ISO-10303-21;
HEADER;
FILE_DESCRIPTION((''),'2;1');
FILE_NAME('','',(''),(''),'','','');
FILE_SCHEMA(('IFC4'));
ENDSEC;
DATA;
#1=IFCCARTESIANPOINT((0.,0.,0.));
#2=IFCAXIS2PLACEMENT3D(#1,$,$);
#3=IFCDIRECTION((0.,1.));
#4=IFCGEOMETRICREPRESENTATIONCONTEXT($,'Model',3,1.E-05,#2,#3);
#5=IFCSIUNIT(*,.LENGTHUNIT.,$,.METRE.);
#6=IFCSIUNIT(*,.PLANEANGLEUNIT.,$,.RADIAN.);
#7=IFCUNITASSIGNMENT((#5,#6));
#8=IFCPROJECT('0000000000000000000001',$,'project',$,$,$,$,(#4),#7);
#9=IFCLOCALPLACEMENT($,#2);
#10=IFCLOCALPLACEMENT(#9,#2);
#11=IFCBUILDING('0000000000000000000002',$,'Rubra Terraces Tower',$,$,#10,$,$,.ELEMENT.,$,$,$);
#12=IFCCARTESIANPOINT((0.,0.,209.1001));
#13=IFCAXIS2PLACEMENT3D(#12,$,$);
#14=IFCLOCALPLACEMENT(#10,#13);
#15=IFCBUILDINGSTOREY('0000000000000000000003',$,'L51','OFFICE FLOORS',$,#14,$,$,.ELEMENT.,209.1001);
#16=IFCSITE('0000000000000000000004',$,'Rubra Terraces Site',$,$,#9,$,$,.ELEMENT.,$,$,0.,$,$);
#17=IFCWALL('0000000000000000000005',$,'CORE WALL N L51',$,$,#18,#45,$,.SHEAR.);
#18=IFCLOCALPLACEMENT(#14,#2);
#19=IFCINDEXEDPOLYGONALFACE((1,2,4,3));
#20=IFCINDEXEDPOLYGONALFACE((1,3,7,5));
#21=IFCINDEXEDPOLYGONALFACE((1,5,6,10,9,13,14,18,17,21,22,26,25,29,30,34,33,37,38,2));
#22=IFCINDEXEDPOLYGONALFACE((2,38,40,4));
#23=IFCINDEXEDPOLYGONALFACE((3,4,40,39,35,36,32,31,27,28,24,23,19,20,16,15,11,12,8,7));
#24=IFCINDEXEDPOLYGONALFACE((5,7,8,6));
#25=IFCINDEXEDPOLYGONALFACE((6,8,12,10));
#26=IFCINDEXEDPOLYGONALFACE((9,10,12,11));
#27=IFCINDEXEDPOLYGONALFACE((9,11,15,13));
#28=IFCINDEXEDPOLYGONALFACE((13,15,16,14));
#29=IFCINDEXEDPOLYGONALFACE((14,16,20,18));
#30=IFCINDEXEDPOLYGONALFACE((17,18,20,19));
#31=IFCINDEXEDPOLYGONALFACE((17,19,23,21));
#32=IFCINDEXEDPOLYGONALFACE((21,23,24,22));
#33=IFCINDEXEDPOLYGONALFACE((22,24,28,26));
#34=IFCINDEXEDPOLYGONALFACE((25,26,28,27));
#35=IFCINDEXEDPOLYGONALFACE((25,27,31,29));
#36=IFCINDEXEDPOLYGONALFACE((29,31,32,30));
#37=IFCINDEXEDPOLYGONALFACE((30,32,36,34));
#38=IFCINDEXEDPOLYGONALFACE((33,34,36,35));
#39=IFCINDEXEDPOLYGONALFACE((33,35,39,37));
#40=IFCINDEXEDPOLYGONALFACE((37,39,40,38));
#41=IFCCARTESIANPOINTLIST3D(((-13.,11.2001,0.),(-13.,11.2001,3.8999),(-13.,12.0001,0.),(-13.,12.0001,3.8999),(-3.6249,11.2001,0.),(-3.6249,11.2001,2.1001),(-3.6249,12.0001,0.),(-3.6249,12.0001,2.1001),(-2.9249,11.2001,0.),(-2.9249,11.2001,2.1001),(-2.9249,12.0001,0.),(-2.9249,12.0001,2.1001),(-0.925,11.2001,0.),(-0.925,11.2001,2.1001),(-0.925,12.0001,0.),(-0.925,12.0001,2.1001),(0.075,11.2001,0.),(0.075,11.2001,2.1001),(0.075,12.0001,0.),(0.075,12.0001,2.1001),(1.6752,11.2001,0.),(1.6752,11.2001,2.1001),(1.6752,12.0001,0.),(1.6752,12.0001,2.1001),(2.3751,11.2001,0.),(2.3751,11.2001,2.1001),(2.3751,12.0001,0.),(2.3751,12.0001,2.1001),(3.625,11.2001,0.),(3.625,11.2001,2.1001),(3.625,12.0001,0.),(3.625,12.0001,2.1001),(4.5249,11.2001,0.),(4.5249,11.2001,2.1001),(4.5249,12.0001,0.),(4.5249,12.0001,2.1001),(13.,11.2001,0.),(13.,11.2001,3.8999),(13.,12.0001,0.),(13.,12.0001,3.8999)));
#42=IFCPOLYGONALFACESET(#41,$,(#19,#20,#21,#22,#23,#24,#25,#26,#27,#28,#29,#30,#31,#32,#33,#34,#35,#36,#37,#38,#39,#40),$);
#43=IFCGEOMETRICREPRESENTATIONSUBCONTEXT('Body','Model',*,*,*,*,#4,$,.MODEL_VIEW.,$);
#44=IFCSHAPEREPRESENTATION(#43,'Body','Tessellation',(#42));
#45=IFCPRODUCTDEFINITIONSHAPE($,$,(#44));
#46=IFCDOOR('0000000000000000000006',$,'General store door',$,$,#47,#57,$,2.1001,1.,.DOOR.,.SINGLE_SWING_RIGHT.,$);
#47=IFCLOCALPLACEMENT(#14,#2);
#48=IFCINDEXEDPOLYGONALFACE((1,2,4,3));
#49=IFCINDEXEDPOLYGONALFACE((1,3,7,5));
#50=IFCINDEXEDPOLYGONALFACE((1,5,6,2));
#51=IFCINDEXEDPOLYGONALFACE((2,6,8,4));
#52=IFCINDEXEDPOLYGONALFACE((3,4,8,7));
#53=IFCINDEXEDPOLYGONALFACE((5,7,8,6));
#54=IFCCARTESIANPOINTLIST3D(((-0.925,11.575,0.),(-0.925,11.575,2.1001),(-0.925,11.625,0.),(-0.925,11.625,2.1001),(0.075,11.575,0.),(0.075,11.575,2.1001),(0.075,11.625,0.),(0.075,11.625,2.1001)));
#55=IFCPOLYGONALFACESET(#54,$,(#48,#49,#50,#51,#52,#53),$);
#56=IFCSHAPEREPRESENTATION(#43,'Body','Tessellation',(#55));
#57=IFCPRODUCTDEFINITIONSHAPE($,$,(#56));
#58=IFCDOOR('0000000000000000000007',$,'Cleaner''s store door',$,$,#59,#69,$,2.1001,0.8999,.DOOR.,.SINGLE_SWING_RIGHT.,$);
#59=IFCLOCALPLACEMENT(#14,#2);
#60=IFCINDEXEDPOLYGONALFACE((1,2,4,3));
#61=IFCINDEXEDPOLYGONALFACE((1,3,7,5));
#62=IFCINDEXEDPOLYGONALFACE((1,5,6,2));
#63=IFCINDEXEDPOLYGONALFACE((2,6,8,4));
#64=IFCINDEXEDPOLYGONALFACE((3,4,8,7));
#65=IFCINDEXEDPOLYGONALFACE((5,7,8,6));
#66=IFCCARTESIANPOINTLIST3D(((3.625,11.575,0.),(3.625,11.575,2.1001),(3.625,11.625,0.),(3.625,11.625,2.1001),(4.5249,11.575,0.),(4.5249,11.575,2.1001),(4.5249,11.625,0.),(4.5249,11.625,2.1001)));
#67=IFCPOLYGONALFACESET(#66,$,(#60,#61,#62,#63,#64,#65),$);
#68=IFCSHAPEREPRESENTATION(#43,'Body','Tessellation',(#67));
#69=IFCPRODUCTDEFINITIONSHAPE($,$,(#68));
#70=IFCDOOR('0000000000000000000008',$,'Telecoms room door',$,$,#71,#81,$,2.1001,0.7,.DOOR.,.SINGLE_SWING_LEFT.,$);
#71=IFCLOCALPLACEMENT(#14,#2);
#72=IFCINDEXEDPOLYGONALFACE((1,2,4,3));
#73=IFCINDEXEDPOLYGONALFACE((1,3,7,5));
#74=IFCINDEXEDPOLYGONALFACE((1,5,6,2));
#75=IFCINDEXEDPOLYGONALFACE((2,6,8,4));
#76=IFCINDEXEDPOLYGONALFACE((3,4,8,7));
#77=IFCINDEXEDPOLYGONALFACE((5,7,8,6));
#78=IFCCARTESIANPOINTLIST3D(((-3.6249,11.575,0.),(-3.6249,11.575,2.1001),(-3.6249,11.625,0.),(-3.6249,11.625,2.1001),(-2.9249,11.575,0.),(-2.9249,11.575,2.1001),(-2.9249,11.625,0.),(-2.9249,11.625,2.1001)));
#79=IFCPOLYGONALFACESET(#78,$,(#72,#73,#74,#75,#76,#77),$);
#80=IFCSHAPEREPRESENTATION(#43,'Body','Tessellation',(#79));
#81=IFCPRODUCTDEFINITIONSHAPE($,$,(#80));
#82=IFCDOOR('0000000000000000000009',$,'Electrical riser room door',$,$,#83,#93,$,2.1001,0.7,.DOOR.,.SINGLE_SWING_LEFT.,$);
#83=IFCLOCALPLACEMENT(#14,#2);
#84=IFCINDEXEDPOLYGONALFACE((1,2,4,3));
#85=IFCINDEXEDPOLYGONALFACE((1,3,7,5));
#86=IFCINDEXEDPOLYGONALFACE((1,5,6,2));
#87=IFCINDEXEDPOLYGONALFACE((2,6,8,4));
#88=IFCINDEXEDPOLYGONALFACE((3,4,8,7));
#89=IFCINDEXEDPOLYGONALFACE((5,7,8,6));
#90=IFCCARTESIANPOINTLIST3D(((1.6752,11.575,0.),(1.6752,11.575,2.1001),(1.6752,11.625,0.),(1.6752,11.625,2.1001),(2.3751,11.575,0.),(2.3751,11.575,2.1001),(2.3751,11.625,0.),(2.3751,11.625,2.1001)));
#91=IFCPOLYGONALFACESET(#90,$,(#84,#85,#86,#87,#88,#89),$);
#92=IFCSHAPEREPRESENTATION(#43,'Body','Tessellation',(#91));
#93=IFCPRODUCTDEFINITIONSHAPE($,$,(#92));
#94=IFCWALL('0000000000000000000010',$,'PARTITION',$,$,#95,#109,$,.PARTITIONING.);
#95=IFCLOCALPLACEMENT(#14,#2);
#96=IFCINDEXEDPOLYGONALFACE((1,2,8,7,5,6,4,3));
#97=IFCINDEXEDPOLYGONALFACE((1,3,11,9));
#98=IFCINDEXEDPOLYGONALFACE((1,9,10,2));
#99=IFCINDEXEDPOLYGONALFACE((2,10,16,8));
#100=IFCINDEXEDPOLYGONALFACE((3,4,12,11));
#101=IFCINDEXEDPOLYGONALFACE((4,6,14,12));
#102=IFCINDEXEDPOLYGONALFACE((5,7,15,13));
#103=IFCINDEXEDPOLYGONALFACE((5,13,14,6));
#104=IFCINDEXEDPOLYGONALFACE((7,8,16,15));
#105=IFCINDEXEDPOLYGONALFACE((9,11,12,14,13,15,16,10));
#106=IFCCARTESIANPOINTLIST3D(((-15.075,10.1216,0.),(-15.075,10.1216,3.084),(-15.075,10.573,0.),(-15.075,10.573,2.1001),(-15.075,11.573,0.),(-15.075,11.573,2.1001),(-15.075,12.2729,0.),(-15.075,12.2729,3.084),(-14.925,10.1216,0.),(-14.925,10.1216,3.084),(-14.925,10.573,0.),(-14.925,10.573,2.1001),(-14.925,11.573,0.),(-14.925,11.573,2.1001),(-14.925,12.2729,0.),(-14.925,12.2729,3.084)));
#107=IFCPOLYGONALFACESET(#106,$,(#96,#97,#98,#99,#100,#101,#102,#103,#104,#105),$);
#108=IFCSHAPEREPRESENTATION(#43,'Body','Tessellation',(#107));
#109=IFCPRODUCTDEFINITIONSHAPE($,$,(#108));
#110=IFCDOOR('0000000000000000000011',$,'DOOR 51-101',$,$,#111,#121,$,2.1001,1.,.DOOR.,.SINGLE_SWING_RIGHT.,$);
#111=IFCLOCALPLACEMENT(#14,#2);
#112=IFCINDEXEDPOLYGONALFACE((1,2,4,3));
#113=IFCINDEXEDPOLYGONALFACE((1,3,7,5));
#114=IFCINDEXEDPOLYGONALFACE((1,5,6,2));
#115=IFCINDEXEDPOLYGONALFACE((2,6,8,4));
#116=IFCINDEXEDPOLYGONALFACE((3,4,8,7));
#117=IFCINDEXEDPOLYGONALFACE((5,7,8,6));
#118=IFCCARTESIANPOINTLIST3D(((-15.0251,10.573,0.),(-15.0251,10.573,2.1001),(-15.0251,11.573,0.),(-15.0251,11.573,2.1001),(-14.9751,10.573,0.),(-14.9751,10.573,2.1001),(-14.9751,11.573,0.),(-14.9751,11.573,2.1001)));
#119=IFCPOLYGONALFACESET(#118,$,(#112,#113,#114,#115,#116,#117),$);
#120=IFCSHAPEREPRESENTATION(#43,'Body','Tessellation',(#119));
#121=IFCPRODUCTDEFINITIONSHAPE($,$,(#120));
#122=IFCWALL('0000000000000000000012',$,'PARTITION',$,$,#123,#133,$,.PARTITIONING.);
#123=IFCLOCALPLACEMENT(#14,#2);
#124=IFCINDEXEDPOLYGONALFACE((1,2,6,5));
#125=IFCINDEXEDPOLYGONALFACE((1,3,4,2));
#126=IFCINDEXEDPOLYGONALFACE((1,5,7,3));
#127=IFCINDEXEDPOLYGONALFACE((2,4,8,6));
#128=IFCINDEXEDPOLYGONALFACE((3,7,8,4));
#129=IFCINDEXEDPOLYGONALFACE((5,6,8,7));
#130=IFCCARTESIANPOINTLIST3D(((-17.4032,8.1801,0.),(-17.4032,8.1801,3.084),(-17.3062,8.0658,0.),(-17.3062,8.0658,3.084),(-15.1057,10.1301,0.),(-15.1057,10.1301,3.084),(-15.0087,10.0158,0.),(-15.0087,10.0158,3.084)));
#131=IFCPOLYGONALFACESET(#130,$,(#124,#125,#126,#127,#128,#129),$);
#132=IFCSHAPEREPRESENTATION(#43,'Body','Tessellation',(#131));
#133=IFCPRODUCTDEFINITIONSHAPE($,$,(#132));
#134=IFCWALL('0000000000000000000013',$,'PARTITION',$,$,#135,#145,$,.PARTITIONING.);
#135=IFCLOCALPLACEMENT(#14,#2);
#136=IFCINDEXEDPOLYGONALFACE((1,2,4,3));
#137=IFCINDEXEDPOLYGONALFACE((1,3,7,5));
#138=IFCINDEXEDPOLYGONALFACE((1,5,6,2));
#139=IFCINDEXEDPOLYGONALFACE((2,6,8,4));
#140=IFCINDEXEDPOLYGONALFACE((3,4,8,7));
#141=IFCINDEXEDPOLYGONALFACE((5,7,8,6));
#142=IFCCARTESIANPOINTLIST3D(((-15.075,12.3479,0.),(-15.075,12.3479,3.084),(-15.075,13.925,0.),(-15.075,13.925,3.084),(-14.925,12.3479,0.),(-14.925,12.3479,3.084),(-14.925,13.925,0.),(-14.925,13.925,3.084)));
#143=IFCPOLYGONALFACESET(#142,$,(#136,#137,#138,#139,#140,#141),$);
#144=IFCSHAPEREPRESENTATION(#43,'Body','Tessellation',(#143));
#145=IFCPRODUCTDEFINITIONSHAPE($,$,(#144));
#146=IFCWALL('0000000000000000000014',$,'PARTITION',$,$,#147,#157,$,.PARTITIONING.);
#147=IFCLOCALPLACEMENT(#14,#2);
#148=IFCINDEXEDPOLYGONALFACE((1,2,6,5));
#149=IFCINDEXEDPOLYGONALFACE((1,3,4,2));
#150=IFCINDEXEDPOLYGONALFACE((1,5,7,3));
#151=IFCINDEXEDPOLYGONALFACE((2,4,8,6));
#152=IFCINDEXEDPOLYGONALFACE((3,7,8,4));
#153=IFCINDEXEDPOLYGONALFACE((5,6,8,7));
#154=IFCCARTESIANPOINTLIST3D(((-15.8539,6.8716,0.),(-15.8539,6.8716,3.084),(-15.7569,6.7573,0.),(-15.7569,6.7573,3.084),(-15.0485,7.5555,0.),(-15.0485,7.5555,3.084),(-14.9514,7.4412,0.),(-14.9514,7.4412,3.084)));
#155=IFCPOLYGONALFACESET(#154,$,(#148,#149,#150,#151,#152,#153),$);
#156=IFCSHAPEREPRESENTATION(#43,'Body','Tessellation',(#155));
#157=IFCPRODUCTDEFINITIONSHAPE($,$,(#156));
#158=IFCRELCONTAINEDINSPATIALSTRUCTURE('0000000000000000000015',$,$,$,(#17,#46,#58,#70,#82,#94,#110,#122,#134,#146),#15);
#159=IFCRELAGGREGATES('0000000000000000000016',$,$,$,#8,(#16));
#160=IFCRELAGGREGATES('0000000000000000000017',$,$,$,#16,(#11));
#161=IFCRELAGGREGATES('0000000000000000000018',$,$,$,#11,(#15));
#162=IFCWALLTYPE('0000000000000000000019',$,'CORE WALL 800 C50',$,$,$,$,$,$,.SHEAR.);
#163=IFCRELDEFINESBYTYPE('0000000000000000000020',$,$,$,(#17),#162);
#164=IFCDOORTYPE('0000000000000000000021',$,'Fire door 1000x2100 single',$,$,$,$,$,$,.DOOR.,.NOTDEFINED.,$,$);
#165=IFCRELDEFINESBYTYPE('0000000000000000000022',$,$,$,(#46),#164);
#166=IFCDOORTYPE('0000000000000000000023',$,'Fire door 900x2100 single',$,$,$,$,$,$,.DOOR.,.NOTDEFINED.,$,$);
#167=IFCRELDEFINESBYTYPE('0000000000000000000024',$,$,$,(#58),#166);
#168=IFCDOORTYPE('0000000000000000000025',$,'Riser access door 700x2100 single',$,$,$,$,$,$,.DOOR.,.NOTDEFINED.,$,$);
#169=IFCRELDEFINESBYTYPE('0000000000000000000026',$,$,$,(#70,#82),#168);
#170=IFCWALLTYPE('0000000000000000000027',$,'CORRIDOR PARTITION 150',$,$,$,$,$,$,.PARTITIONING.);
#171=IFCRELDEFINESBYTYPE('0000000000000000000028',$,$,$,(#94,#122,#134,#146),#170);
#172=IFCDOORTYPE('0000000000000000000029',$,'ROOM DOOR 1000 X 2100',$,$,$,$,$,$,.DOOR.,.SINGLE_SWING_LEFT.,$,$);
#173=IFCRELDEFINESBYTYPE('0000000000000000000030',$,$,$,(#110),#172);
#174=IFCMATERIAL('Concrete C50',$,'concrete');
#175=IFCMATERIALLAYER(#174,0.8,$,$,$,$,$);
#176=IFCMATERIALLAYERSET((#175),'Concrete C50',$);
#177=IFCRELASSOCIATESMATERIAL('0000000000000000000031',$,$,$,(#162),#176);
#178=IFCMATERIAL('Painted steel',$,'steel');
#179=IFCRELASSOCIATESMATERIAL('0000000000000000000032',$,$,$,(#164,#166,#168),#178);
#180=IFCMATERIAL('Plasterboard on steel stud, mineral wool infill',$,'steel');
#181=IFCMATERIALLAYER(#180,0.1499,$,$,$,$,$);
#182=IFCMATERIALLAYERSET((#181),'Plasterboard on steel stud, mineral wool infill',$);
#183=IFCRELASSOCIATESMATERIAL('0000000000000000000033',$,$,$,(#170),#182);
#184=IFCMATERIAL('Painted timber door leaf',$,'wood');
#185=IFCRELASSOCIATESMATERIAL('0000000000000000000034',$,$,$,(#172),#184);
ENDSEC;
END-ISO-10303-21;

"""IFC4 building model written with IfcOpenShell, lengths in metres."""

from ifc_helpers import new_model, si_unit, direction, frame, frame_2d, origin, place, context, subcontext, project, spatial, rectangle, extrude, material, layer, layer_set, type_object, element, fill, save


model = new_model("IFC4")

# Units and contexts
model_context = context("Model", 3, precision=1e-05, world=origin(), true_north=direction((0.0, 1.0)))
body_context = subcontext(model_context, "Body", "Model", "MODEL_VIEW")
ifc_project = project(units=[si_unit("LENGTHUNIT", "METRE"), si_unit("PLANEANGLEUNIT", "RADIAN")], contexts=[model_context])

# Site, building, storey
site_placement = place(None, origin())
site = spatial("IfcSite", under=ifc_project, at=site_placement, Name="Rubra Terraces Site", CompositionType="ELEMENT", RefElevation=0.0)
building_placement = place(site_placement, origin())
building = spatial("IfcBuilding", under=site, at=building_placement, Name="Rubra Terraces Tower", CompositionType="ELEMENT")
storey_placement = place(building_placement, frame((0.0, 0.0, 209.1001)))
storey = spatial("IfcBuildingStorey", under=building, at=storey_placement, Name="L51", Description="OFFICE FLOORS", CompositionType="ELEMENT", Elevation=209.1001)

# Wall, openings, doors
ifc_material_1 = material(Name="Concrete C50", Category="concrete")
ifc_layer_1 = layer(ifc_material_1, 0.8)
ifc_layer_set_1 = layer_set([ifc_layer_1], Name="Concrete C50")
wall_type_1 = type_object("IfcWallType", Name="CORE WALL 800 C50", PredefinedType="SHEAR", material=ifc_layer_set_1)
wall_1_placement = place(storey_placement, frame((-13.0, 11.6001, 0.0), z_axis=(0.0, 0.0, 1.0), x_axis=(1.0, 0.0, 0.0)))
wall_1 = element("IfcWall", 1, at=wall_1_placement, inside=storey, type_object=wall_type_1, Name="CORE WALL N L51", PredefinedType="SHEAR", context=body_context, shape_type="SweptSolid", body=[
    extrude(rectangle(XDim=26.0, YDim=0.8, at=frame_2d((13.0, 0.0))), origin(), (0.0, 0.0, 1.0), 3.8999),
])
opening_1_placement = place(wall_1_placement, frame((9.375, 0.0, 0.0)))
opening_1 = element("IfcOpeningElement", 2, at=opening_1_placement, cuts=wall_1, PredefinedType="OPENING", context=body_context, shape_type="SweptSolid", body=[
    extrude(rectangle(XDim=0.7, YDim=2.1001, at=frame_2d((0.3501, 1.05))), frame((0.0, 0.4099, 0.0), z_axis=(0.0, -1.0, 0.0), x_axis=(1.0, 0.0, 0.0)), (0.0, 0.0, 1.0), 0.8201),
])
opening_2_placement = place(wall_1_placement, frame((12.075, 0.0, 0.0)))
opening_2 = element("IfcOpeningElement", 3, at=opening_2_placement, cuts=wall_1, PredefinedType="OPENING", context=body_context, shape_type="SweptSolid", body=[
    extrude(rectangle(XDim=1.0, YDim=2.1001, at=frame_2d((0.5, 1.05))), frame((0.0, 0.4099, 0.0), z_axis=(0.0, -1.0, 0.0), x_axis=(1.0, 0.0, 0.0)), (0.0, 0.0, 1.0), 0.8201),
])
opening_3_placement = place(wall_1_placement, frame((14.675, 0.0, 0.0)))
opening_3 = element("IfcOpeningElement", 4, at=opening_3_placement, cuts=wall_1, PredefinedType="OPENING", context=body_context, shape_type="SweptSolid", body=[
    extrude(rectangle(XDim=0.7, YDim=2.1001, at=frame_2d((0.3501, 1.05))), frame((0.0, 0.4099, 0.0), z_axis=(0.0, -1.0, 0.0), x_axis=(1.0, 0.0, 0.0)), (0.0, 0.0, 1.0), 0.8201),
])
opening_4_placement = place(wall_1_placement, frame((16.625, 0.0, 0.0)))
opening_4 = element("IfcOpeningElement", 5, at=opening_4_placement, cuts=wall_1, PredefinedType="OPENING", context=body_context, shape_type="SweptSolid", body=[
    extrude(rectangle(XDim=0.8999, YDim=2.1001, at=frame_2d((0.45, 1.05))), frame((0.0, 0.4099, 0.0), z_axis=(0.0, -1.0, 0.0), x_axis=(1.0, 0.0, 0.0)), (0.0, 0.0, 1.0), 0.8201),
])
ifc_material_2 = material(Name="Painted steel", Category="steel")
door_type_1 = type_object("IfcDoorType", Name="Fire door 1000x2100 single", OperationType="NOTDEFINED", PredefinedType="DOOR", material=ifc_material_2)
door_1_placement = place(opening_2_placement, origin())
door_1 = element("IfcDoor", 6, at=door_1_placement, inside=storey, type_object=door_type_1, Name="General store door", OperationType="SINGLE_SWING_RIGHT", OverallHeight=2.1001, OverallWidth=1.0, PredefinedType="DOOR", context=body_context, shape_type="SweptSolid", body=[
    extrude(rectangle(XDim=1.0, YDim=2.1001, at=frame_2d((0.5, 1.05))), frame((0.0, 0.0249, 0.0), z_axis=(0.0, -1.0, 0.0), x_axis=(1.0, 0.0, 0.0)), (0.0, 0.0, 1.0), 0.05),
])
fill(opening_2, door_1)
door_type_2 = type_object("IfcDoorType", Name="Fire door 900x2100 single", OperationType="NOTDEFINED", PredefinedType="DOOR", material=ifc_material_2)
door_2_placement = place(opening_4_placement, origin())
door_2 = element("IfcDoor", 7, at=door_2_placement, inside=storey, type_object=door_type_2, Name="Cleaner's store door", OperationType="SINGLE_SWING_RIGHT", OverallHeight=2.1001, OverallWidth=0.8999, PredefinedType="DOOR", context=body_context, shape_type="SweptSolid", body=[
    extrude(rectangle(XDim=0.8999, YDim=2.1001, at=frame_2d((0.45, 1.05))), frame((0.0, 0.0249, 0.0), z_axis=(0.0, -1.0, 0.0), x_axis=(1.0, 0.0, 0.0)), (0.0, 0.0, 1.0), 0.05),
])
fill(opening_4, door_2)
door_type_3 = type_object("IfcDoorType", Name="Riser access door 700x2100 single", OperationType="NOTDEFINED", PredefinedType="DOOR", material=ifc_material_2)
door_3_placement = place(opening_1_placement, origin())
door_3 = element("IfcDoor", 8, at=door_3_placement, inside=storey, type_object=door_type_3, Name="Telecoms room door", OperationType="SINGLE_SWING_LEFT", OverallHeight=2.1001, OverallWidth=0.7, PredefinedType="DOOR", context=body_context, shape_type="SweptSolid", body=[
    extrude(rectangle(XDim=0.7, YDim=2.1001, at=frame_2d((0.3501, 1.05))), frame((0.0, 0.0249, 0.0), z_axis=(0.0, -1.0, 0.0), x_axis=(1.0, 0.0, 0.0)), (0.0, 0.0, 1.0), 0.05),
])
fill(opening_1, door_3)
door_4_placement = place(opening_3_placement, origin())
door_4 = element("IfcDoor", 9, at=door_4_placement, inside=storey, type_object=door_type_3, Name="Electrical riser room door", OperationType="SINGLE_SWING_LEFT", OverallHeight=2.1001, OverallWidth=0.7, PredefinedType="DOOR", context=body_context, shape_type="SweptSolid", body=[
    extrude(rectangle(XDim=0.7, YDim=2.1001, at=frame_2d((0.3501, 1.05))), frame((0.0, 0.0249, 0.0), z_axis=(0.0, -1.0, 0.0), x_axis=(1.0, 0.0, 0.0)), (0.0, 0.0, 1.0), 0.05),
])
fill(opening_3, door_4)

# Wall, opening, door
ifc_material_3 = material(Name="Plasterboard on steel stud, mineral wool infill", Category="steel")
ifc_layer_2 = layer(ifc_material_3, 0.1499)
ifc_layer_set_2 = layer_set([ifc_layer_2], Name="Plasterboard on steel stud, mineral wool infill")
wall_type_2 = type_object("IfcWallType", Name="CORRIDOR PARTITION 150", PredefinedType="PARTITIONING", material=ifc_layer_set_2)
wall_2_placement = place(storey_placement, frame((-15.0, 12.2729, 0.0), z_axis=(0.0, 0.0, 1.0), x_axis=(0.0, -1.0, 0.0)))
wall_2 = element("IfcWall", 10, at=wall_2_placement, inside=storey, type_object=wall_type_2, Name="PARTITION", PredefinedType="PARTITIONING", context=body_context, shape_type="SweptSolid", body=[
    extrude(rectangle(XDim=2.1514, YDim=0.1499, at=frame_2d((1.0757, 0.0))), origin(), (0.0, 0.0, 1.0), 3.084),
])
opening_5_placement = place(wall_2_placement, frame((0.7, 0.0, 0.0)))
opening_5 = element("IfcOpeningElement", 11, at=opening_5_placement, cuts=wall_2, PredefinedType="OPENING", context=body_context, shape_type="SweptSolid", body=[
    extrude(rectangle(XDim=1.0, YDim=2.1001, at=frame_2d((0.5, 1.05))), frame((0.0, 0.085, 0.0), z_axis=(0.0, -1.0, 0.0), x_axis=(1.0, 0.0, 0.0)), (0.0, 0.0, 1.0), 0.1699),
])
ifc_material_4 = material(Name="Painted timber door leaf", Category="wood")
door_type_4 = type_object("IfcDoorType", Name="ROOM DOOR 1000 X 2100", OperationType="SINGLE_SWING_LEFT", PredefinedType="DOOR", material=ifc_material_4)
door_5_placement = place(opening_5_placement, origin())
door_5 = element("IfcDoor", 12, at=door_5_placement, inside=storey, type_object=door_type_4, Name="DOOR 51-101", OperationType="SINGLE_SWING_RIGHT", OverallHeight=2.1001, OverallWidth=1.0, PredefinedType="DOOR", context=body_context, shape_type="SweptSolid", body=[
    extrude(rectangle(XDim=1.0, YDim=2.1001, at=frame_2d((0.5, 1.05))), frame((0.0, 0.0249, 0.0), z_axis=(0.0, -1.0, 0.0), x_axis=(1.0, 0.0, 0.0)), (0.0, 0.0, 1.0), 0.05),
])
fill(opening_5, door_5)

# Walls
wall_3_placement = place(storey_placement, frame((-15.0571, 10.073, 0.0), z_axis=(0.0, 0.0, 1.0), x_axis=(-0.762399, -0.647107, 0.0)))
element("IfcWall", 13, at=wall_3_placement, inside=storey, type_object=wall_type_2, Name="PARTITION", PredefinedType="PARTITIONING", context=body_context, shape_type="SweptSolid", body=[
    extrude(rectangle(XDim=3.0134, YDim=0.1499, at=frame_2d((1.5068, 0.0))), origin(), (0.0, 0.0, 1.0), 3.084),
])
wall_4_placement = place(storey_placement, frame((-15.0, 13.925, 0.0), z_axis=(0.0, 0.0, 1.0), x_axis=(0.0, -1.0, 0.0)))
element("IfcWall", 14, at=wall_4_placement, inside=storey, type_object=wall_type_2, Name="PARTITION", PredefinedType="PARTITIONING", context=body_context, shape_type="SweptSolid", body=[
    extrude(rectangle(XDim=1.5771, YDim=0.1499, at=frame_2d((0.7886, 0.0))), origin(), (0.0, 0.0, 1.0), 3.084),
])
wall_5_placement = place(storey_placement, frame((-15.8054, 6.8145, 0.0), z_axis=(0.0, 0.0, 1.0), x_axis=(0.762298, 0.647226, 0.0)))
element("IfcWall", 15, at=wall_5_placement, inside=storey, type_object=wall_type_2, Name="PARTITION", PredefinedType="PARTITIONING", context=body_context, shape_type="SweptSolid", body=[
    extrude(rectangle(XDim=1.0566, YDim=0.1499, at=frame_2d((0.5283, 0.0))), origin(), (0.0, 0.0, 1.0), 3.084),
])

save(model, "model.ifc")
